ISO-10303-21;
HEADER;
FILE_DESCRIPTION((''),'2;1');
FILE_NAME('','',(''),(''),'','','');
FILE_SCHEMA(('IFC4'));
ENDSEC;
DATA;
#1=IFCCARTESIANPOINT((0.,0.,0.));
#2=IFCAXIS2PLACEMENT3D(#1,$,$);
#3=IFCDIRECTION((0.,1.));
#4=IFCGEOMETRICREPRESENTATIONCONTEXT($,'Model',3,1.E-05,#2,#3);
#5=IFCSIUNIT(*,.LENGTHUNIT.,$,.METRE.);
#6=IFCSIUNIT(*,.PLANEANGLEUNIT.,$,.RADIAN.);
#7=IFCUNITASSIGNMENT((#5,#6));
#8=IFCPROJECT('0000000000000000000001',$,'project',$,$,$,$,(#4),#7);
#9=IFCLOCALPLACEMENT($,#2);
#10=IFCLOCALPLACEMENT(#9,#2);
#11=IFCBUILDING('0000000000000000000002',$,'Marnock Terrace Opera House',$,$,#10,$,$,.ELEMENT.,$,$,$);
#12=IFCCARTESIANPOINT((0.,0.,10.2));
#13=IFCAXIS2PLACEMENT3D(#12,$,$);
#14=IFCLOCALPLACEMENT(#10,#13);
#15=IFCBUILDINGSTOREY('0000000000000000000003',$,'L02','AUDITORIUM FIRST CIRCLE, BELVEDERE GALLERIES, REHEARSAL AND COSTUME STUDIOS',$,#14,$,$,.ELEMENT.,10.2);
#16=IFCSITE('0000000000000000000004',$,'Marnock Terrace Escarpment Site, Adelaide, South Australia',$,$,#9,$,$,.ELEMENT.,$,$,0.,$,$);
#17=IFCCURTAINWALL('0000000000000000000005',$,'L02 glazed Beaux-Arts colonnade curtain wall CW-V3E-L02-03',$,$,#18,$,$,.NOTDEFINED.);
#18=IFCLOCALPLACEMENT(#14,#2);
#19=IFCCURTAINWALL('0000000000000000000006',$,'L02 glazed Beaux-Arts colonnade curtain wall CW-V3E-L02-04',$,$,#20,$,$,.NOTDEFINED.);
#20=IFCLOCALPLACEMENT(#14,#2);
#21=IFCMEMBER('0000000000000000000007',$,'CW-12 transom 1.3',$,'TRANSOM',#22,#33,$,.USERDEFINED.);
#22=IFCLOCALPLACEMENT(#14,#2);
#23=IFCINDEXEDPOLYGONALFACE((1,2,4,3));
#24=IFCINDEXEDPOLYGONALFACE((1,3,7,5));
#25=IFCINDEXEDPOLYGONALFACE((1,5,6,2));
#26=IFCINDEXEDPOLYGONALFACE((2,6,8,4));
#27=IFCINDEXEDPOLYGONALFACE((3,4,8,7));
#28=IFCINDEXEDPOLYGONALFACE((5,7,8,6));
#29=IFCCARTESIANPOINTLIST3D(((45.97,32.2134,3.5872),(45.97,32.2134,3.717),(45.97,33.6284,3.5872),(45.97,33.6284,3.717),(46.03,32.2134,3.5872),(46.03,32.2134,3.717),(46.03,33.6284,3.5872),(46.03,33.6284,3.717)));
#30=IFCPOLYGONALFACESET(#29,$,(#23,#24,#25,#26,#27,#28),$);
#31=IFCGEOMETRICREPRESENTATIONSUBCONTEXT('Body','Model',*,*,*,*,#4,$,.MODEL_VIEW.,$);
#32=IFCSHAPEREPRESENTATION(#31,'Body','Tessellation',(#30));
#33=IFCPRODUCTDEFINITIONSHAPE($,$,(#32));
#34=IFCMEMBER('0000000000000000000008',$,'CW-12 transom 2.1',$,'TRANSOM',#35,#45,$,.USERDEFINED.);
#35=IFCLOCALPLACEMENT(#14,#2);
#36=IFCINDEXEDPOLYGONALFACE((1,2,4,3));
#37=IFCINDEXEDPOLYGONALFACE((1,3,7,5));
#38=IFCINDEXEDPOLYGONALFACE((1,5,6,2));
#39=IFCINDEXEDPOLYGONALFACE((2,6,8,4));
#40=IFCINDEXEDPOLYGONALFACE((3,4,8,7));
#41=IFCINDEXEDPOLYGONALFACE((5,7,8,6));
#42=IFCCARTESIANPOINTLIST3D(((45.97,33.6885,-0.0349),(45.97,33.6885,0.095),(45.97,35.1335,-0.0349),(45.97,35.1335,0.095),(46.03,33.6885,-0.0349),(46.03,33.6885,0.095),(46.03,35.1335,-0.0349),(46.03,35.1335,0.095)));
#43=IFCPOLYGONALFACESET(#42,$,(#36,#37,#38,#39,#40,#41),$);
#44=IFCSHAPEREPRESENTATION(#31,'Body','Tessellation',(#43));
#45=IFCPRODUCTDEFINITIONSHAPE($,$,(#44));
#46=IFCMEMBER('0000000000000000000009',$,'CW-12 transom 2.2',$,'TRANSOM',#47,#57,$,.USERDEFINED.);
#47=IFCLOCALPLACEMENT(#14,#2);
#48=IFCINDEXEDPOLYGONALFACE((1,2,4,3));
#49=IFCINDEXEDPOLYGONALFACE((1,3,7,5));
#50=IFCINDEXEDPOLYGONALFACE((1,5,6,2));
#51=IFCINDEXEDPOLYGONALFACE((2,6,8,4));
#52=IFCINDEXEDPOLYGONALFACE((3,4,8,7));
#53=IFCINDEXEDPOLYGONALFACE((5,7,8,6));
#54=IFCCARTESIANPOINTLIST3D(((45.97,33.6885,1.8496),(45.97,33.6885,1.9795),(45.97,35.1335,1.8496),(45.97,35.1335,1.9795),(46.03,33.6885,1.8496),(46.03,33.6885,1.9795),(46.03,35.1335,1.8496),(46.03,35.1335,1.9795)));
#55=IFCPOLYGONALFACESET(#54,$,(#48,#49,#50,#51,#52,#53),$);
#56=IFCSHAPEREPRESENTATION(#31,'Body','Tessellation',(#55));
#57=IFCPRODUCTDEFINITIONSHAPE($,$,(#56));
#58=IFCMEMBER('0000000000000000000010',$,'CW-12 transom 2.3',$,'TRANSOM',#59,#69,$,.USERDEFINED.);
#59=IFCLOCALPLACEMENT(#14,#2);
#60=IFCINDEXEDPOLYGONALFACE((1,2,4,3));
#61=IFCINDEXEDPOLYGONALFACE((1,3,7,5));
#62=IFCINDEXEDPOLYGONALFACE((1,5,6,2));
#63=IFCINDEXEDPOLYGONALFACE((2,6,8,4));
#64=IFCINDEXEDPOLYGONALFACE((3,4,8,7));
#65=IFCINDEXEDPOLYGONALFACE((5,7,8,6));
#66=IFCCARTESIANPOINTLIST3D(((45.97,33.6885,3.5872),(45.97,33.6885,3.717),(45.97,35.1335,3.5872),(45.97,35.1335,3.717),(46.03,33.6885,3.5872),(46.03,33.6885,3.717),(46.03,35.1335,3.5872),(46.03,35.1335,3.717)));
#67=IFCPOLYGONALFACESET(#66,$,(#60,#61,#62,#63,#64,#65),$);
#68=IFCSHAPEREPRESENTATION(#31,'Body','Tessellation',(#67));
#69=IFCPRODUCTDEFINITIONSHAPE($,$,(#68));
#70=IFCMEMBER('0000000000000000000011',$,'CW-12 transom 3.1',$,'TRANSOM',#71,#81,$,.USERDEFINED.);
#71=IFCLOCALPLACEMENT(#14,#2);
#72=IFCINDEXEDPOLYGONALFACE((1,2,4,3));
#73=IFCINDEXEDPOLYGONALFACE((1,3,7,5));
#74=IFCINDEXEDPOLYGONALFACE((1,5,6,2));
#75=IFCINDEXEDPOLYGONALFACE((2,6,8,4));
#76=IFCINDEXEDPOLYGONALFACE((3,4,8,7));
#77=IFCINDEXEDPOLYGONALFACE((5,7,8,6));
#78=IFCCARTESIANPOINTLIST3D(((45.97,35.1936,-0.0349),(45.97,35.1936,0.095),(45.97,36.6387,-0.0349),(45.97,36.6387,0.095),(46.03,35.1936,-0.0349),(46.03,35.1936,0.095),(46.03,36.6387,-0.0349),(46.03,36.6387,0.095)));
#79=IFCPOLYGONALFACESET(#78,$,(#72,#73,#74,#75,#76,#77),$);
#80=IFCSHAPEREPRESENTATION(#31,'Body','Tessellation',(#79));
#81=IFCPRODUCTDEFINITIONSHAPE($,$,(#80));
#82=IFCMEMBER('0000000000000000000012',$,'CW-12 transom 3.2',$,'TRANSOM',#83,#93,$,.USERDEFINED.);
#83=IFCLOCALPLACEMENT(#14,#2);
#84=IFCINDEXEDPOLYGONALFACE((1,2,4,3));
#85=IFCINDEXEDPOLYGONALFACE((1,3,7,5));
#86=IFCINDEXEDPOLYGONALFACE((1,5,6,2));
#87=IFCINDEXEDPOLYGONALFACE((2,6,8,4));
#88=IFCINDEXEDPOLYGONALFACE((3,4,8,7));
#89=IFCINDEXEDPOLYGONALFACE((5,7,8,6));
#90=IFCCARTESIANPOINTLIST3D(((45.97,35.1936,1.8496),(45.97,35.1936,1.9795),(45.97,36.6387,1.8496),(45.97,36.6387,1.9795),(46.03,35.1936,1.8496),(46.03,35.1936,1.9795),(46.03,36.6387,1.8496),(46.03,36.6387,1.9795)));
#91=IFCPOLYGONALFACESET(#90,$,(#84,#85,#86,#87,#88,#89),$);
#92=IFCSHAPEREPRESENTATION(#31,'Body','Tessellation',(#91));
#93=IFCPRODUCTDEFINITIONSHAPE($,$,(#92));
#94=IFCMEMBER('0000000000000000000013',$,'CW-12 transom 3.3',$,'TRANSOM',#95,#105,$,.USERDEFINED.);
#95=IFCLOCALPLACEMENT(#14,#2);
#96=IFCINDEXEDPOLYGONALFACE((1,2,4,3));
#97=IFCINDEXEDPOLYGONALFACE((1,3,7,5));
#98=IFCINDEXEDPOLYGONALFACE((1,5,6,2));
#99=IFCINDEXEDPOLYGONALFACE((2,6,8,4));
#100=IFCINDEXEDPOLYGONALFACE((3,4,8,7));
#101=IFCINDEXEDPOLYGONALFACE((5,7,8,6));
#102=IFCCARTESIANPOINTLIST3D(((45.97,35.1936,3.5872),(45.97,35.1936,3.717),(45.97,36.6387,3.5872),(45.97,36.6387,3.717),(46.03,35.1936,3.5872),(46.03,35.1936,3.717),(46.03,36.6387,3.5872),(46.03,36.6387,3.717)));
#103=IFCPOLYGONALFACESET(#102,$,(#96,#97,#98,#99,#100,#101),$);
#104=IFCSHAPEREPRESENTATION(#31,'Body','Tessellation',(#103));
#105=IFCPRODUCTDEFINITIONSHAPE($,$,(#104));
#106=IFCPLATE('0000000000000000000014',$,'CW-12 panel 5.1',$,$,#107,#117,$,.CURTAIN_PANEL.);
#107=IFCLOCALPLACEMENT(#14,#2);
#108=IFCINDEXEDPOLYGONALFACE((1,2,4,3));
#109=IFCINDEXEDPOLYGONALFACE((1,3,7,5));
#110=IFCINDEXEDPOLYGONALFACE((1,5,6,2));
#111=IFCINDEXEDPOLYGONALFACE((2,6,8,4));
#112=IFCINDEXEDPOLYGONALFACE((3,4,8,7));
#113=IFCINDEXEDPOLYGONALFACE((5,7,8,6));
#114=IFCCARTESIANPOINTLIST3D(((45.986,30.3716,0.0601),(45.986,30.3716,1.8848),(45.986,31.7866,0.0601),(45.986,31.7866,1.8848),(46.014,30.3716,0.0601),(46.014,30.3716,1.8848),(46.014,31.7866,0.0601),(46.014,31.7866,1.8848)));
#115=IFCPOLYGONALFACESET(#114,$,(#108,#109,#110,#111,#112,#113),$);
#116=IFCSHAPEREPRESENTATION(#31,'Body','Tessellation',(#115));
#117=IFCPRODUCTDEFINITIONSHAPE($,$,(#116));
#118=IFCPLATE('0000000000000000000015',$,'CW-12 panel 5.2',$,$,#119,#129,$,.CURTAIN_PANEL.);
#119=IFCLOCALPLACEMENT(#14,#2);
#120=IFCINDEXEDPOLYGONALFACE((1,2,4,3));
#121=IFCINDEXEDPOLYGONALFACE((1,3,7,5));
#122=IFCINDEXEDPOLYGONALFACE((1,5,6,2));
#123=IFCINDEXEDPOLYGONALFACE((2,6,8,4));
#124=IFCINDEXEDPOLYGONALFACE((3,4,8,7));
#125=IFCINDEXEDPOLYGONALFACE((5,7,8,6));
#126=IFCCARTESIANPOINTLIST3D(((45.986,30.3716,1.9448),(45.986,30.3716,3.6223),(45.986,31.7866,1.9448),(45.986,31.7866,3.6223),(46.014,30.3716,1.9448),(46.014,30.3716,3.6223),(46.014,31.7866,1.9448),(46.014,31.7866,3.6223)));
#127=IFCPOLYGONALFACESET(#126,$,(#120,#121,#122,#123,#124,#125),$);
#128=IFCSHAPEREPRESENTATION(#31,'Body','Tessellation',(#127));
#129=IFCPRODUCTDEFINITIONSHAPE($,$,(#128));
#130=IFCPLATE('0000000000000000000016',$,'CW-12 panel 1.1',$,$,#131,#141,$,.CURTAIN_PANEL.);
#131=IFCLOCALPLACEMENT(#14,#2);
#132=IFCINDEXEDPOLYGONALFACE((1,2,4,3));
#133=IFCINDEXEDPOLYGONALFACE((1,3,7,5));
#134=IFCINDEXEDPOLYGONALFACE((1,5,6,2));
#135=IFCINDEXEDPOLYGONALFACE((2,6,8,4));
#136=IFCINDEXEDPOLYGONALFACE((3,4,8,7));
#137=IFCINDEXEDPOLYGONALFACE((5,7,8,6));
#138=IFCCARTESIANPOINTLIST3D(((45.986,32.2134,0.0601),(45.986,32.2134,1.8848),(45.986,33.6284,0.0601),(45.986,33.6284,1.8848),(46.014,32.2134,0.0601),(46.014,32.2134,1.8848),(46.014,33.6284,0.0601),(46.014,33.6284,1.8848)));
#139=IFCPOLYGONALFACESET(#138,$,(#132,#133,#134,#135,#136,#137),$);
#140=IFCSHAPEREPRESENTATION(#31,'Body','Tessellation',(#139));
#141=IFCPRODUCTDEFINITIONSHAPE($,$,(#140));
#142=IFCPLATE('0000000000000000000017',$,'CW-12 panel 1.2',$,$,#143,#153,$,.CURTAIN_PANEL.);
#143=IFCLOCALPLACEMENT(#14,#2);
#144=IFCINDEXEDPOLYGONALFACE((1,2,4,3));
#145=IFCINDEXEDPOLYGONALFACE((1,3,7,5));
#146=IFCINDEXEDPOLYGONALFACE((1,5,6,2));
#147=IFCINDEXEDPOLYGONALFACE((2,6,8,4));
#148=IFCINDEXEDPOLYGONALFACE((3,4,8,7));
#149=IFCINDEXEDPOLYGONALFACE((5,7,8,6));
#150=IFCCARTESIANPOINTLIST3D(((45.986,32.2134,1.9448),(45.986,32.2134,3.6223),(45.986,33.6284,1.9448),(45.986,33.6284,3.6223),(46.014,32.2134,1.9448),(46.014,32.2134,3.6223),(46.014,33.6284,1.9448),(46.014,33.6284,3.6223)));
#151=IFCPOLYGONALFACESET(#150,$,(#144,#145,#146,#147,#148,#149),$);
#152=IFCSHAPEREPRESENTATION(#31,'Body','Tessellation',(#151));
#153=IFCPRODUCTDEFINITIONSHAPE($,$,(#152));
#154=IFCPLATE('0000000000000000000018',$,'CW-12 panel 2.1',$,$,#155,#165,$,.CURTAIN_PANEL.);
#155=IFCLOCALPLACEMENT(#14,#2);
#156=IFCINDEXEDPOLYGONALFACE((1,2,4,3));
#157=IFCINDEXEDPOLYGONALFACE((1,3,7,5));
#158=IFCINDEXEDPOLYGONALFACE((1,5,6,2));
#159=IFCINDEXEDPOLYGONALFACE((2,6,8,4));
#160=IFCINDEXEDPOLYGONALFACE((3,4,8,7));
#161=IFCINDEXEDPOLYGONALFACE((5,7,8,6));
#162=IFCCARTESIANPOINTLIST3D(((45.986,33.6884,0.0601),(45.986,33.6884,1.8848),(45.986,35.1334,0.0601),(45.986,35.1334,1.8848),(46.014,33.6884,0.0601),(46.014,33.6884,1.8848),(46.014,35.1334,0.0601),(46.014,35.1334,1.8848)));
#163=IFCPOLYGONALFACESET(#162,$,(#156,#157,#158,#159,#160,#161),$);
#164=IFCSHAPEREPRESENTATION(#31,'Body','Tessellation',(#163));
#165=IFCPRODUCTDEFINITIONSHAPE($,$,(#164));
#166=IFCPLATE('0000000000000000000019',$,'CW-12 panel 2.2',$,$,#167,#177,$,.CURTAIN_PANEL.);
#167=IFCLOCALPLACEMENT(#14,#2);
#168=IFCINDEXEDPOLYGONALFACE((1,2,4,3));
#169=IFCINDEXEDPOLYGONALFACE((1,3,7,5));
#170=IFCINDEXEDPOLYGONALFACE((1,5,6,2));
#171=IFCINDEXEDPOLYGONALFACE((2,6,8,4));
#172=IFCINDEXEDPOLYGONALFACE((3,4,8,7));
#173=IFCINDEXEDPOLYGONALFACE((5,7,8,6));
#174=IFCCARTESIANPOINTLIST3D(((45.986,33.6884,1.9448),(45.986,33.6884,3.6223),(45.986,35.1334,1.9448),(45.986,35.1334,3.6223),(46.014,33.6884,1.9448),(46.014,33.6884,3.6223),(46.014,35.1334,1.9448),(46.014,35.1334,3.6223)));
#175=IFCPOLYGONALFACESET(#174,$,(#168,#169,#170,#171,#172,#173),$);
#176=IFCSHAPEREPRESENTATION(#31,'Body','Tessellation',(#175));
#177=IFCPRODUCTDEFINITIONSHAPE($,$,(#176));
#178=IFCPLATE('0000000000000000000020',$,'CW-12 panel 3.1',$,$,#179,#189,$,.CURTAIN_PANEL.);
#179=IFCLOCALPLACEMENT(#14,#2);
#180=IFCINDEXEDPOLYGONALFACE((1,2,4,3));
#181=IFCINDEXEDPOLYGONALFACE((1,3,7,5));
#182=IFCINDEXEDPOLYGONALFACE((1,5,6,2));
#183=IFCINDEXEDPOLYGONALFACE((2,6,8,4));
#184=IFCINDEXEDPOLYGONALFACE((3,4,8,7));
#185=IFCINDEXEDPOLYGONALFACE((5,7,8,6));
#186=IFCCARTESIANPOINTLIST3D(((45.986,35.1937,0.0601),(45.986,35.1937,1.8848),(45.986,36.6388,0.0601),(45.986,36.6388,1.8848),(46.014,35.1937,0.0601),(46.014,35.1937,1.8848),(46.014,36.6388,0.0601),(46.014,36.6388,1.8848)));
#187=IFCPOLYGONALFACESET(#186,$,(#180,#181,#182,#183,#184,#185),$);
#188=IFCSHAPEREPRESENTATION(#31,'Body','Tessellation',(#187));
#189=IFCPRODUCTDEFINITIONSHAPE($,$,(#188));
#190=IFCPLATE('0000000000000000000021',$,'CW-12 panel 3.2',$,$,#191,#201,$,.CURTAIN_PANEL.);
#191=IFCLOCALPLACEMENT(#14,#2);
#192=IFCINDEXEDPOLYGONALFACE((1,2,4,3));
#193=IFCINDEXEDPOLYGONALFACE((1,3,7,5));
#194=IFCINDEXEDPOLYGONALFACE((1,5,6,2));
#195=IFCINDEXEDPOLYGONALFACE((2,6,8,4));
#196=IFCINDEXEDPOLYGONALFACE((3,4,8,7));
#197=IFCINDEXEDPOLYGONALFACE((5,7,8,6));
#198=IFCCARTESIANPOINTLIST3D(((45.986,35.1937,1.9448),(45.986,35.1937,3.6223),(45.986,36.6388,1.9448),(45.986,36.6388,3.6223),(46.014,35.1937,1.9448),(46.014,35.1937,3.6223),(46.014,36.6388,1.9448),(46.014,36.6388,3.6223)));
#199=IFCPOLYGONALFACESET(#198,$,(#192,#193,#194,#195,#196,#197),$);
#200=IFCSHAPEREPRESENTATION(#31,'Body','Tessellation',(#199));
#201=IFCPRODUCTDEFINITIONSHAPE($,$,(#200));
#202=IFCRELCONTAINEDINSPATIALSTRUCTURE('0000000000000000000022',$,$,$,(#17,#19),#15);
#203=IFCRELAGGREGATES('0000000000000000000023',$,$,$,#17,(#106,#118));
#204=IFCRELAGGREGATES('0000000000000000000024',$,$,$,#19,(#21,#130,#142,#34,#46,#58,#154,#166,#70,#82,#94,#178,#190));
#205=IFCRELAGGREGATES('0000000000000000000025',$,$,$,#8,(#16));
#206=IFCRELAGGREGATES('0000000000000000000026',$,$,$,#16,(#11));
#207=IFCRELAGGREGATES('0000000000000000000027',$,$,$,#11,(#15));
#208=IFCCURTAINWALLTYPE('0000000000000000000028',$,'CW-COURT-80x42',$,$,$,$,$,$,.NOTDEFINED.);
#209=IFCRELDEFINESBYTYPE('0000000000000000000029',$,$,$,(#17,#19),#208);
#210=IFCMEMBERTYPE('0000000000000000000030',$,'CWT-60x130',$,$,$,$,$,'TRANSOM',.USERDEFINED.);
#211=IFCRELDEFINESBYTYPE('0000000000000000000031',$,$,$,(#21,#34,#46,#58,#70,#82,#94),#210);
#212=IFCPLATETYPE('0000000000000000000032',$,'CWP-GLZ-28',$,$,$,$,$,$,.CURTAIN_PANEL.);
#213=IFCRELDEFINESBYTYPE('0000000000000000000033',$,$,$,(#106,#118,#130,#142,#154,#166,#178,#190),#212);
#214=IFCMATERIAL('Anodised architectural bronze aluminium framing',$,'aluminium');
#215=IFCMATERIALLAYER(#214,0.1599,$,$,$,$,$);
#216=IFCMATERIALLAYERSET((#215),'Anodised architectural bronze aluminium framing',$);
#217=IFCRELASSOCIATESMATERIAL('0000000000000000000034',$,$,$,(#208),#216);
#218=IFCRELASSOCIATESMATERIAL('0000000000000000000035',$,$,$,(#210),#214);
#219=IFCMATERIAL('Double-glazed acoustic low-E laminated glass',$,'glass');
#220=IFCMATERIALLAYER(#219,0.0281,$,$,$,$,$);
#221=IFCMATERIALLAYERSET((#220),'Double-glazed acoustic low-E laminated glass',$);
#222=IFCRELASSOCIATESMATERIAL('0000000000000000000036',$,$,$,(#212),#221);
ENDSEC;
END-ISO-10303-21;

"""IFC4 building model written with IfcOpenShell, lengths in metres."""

from ifc_helpers import new_model, si_unit, direction, frame, origin, origin_2d, place, context, subcontext, project, spatial, rectangle, extrude, material, layer, layer_set, material_profile, profile_set, type_object, element, aggregate, save


model = new_model("IFC4")

# Units and contexts
model_context = context("Model", 3, precision=1e-05, world=origin(), true_north=direction((0.0, 1.0)))
body_context = subcontext(model_context, "Body", "Model", "MODEL_VIEW")
ifc_project = project(units=[si_unit("LENGTHUNIT", "METRE"), si_unit("PLANEANGLEUNIT", "RADIAN")], contexts=[model_context])

# Site, building, storey
site_placement = place(None, origin())
site = spatial("IfcSite", under=ifc_project, at=site_placement, Name="Marnock Terrace Escarpment Site, Adelaide, South Australia", CompositionType="ELEMENT", RefElevation=0.0)
building_placement = place(site_placement, origin())
building = spatial("IfcBuilding", under=site, at=building_placement, Name="Marnock Terrace Opera House", CompositionType="ELEMENT")
storey_placement = place(building_placement, frame((0.0, 0.0, 10.2)))
storey = spatial("IfcBuildingStorey", under=building, at=storey_placement, Name="L02", Description="AUDITORIUM FIRST CIRCLE, BELVEDERE GALLERIES, REHEARSAL AND COSTUME STUDIOS", CompositionType="ELEMENT", Elevation=10.2)

# Curtain wall
ifc_material_1 = material(Name="Anodised architectural bronze aluminium framing", Category="aluminium")
ifc_layer_1 = layer(ifc_material_1, 0.1599)
ifc_layer_set_1 = layer_set([ifc_layer_1], Name="Anodised architectural bronze aluminium framing")
curtain_wall_type = type_object("IfcCurtainWallType", Name="CW-COURT-80x42", PredefinedType="NOTDEFINED", material=ifc_layer_set_1)
curtain_wall_1_placement = place(storey_placement, origin())
curtain_wall_1 = element("IfcCurtainWall", 1, at=curtain_wall_1_placement, inside=storey, type_object=curtain_wall_type, Name="L02 glazed Beaux-Arts colonnade curtain wall CW-V3E-L02-03", PredefinedType="NOTDEFINED")

# Curtain wall
curtain_wall_2_placement = place(storey_placement, origin())
curtain_wall_2 = element("IfcCurtainWall", 2, at=curtain_wall_2_placement, inside=storey, type_object=curtain_wall_type, Name="L02 glazed Beaux-Arts colonnade curtain wall CW-V3E-L02-04", PredefinedType="NOTDEFINED")

# Members
ifc_material_profile_1 = material_profile(ifc_material_1, rectangle(XDim=0.0601, YDim=0.1299, at=origin_2d()))
ifc_profile_set_1 = profile_set([ifc_material_profile_1], Name="Anodised architectural bronze aluminium framing")
member_type_1 = type_object("IfcMemberType", Name="CWT-60x130", ElementType="TRANSOM", PredefinedType="USERDEFINED", material=ifc_profile_set_1)
member_1_placement = place(storey_placement, frame((46.0, 32.2134, 3.6521), z_axis=(0.0, 1.0, 0.0), x_axis=(-1.0, 0.0, 0.0)))
member_1 = element("IfcMember", 3, at=member_1_placement, type_object=member_type_1, Name="CW-12 transom 1.3", ObjectType="TRANSOM", PredefinedType="USERDEFINED", context=body_context, shape_type="SweptSolid", body=[
    extrude(rectangle(XDim=0.0601, YDim=0.1299, at=origin_2d()), origin(), (0.0, 0.0, 1.0), 1.415),
])
member_2_placement = place(storey_placement, frame((46.0, 33.6885, 0.03), z_axis=(0.0, 1.0, 0.0), x_axis=(-1.0, 0.0, 0.0)))
member_2 = element("IfcMember", 4, at=member_2_placement, type_object=member_type_1, Name="CW-12 transom 2.1", ObjectType="TRANSOM", PredefinedType="USERDEFINED", context=body_context, shape_type="SweptSolid", body=[
    extrude(rectangle(XDim=0.0601, YDim=0.1299, at=origin_2d()), origin(), (0.0, 0.0, 1.0), 1.4451),
])
member_3_placement = place(storey_placement, frame((46.0, 33.6885, 1.9146), z_axis=(0.0, 1.0, 0.0), x_axis=(-1.0, 0.0, 0.0)))
member_3 = element("IfcMember", 5, at=member_3_placement, type_object=member_type_1, Name="CW-12 transom 2.2", ObjectType="TRANSOM", PredefinedType="USERDEFINED", context=body_context, shape_type="SweptSolid", body=[
    extrude(rectangle(XDim=0.0601, YDim=0.1299, at=origin_2d()), origin(), (0.0, 0.0, 1.0), 1.4451),
])
member_4_placement = place(storey_placement, frame((46.0, 33.6885, 3.6521), z_axis=(0.0, 1.0, 0.0), x_axis=(-1.0, 0.0, 0.0)))
member_4 = element("IfcMember", 6, at=member_4_placement, type_object=member_type_1, Name="CW-12 transom 2.3", ObjectType="TRANSOM", PredefinedType="USERDEFINED", context=body_context, shape_type="SweptSolid", body=[
    extrude(rectangle(XDim=0.0601, YDim=0.1299, at=origin_2d()), origin(), (0.0, 0.0, 1.0), 1.4451),
])
member_5_placement = place(storey_placement, frame((46.0, 35.1936, 0.03), z_axis=(0.0, 1.0, 0.0), x_axis=(-1.0, 0.0, 0.0)))
member_5 = element("IfcMember", 7, at=member_5_placement, type_object=member_type_1, Name="CW-12 transom 3.1", ObjectType="TRANSOM", PredefinedType="USERDEFINED", context=body_context, shape_type="SweptSolid", body=[
    extrude(rectangle(XDim=0.0601, YDim=0.1299, at=origin_2d()), origin(), (0.0, 0.0, 1.0), 1.4451),
])
member_6_placement = place(storey_placement, frame((46.0, 35.1936, 1.9146), z_axis=(0.0, 1.0, 0.0), x_axis=(-1.0, 0.0, 0.0)))
member_6 = element("IfcMember", 8, at=member_6_placement, type_object=member_type_1, Name="CW-12 transom 3.2", ObjectType="TRANSOM", PredefinedType="USERDEFINED", context=body_context, shape_type="SweptSolid", body=[
    extrude(rectangle(XDim=0.0601, YDim=0.1299, at=origin_2d()), origin(), (0.0, 0.0, 1.0), 1.4451),
])
member_7_placement = place(storey_placement, frame((46.0, 35.1936, 3.6521), z_axis=(0.0, 1.0, 0.0), x_axis=(-1.0, 0.0, 0.0)))
member_7 = element("IfcMember", 9, at=member_7_placement, type_object=member_type_1, Name="CW-12 transom 3.3", ObjectType="TRANSOM", PredefinedType="USERDEFINED", context=body_context, shape_type="SweptSolid", body=[
    extrude(rectangle(XDim=0.0601, YDim=0.1299, at=origin_2d()), origin(), (0.0, 0.0, 1.0), 1.4451),
])

# Plates
ifc_material_2 = material(Name="Double-glazed acoustic low-E laminated glass", Category="glass")
ifc_layer_2 = layer(ifc_material_2, 0.0281)
ifc_layer_set_2 = layer_set([ifc_layer_2], Name="Double-glazed acoustic low-E laminated glass")
plate_type = type_object("IfcPlateType", Name="CWP-GLZ-28", PredefinedType="CURTAIN_PANEL", material=ifc_layer_set_2)
plate_1_placement = place(storey_placement, frame((46.0, 31.0791, 0.0601), z_axis=(0.0, 0.0, 1.0), x_axis=(0.0, 1.0, 0.0)))
plate_1 = element("IfcPlate", 10, at=plate_1_placement, type_object=plate_type, Name="CW-12 panel 5.1", PredefinedType="CURTAIN_PANEL", context=body_context, shape_type="SweptSolid", body=[
    extrude(rectangle(XDim=1.415, YDim=0.0281, at=origin_2d()), origin(), (0.0, 0.0, 1.0), 1.8247),
])
plate_2_placement = place(storey_placement, frame((46.0, 31.0791, 1.9448), z_axis=(0.0, 0.0, 1.0), x_axis=(0.0, 1.0, 0.0)))
plate_2 = element("IfcPlate", 11, at=plate_2_placement, type_object=plate_type, Name="CW-12 panel 5.2", PredefinedType="CURTAIN_PANEL", context=body_context, shape_type="SweptSolid", body=[
    extrude(rectangle(XDim=1.415, YDim=0.0281, at=origin_2d()), origin(), (0.0, 0.0, 1.0), 1.6775),
])
aggregate(curtain_wall_1, [plate_1, plate_2])
plate_3_placement = place(storey_placement, frame((46.0, 32.9209, 0.0601), z_axis=(0.0, 0.0, 1.0), x_axis=(0.0, 1.0, 0.0)))
plate_3 = element("IfcPlate", 12, at=plate_3_placement, type_object=plate_type, Name="CW-12 panel 1.1", PredefinedType="CURTAIN_PANEL", context=body_context, shape_type="SweptSolid", body=[
    extrude(rectangle(XDim=1.415, YDim=0.0281, at=origin_2d()), origin(), (0.0, 0.0, 1.0), 1.8247),
])
plate_4_placement = place(storey_placement, frame((46.0, 32.9209, 1.9448), z_axis=(0.0, 0.0, 1.0), x_axis=(0.0, 1.0, 0.0)))
plate_4 = element("IfcPlate", 13, at=plate_4_placement, type_object=plate_type, Name="CW-12 panel 1.2", PredefinedType="CURTAIN_PANEL", context=body_context, shape_type="SweptSolid", body=[
    extrude(rectangle(XDim=1.415, YDim=0.0281, at=origin_2d()), origin(), (0.0, 0.0, 1.0), 1.6775),
])
plate_5_placement = place(storey_placement, frame((46.0, 34.4109, 0.0601), z_axis=(0.0, 0.0, 1.0), x_axis=(0.0, 1.0, 0.0)))
plate_5 = element("IfcPlate", 14, at=plate_5_placement, type_object=plate_type, Name="CW-12 panel 2.1", PredefinedType="CURTAIN_PANEL", context=body_context, shape_type="SweptSolid", body=[
    extrude(rectangle(XDim=1.4451, YDim=0.0281, at=origin_2d()), origin(), (0.0, 0.0, 1.0), 1.8247),
])
plate_6_placement = place(storey_placement, frame((46.0, 34.4109, 1.9448), z_axis=(0.0, 0.0, 1.0), x_axis=(0.0, 1.0, 0.0)))
plate_6 = element("IfcPlate", 15, at=plate_6_placement, type_object=plate_type, Name="CW-12 panel 2.2", PredefinedType="CURTAIN_PANEL", context=body_context, shape_type="SweptSolid", body=[
    extrude(rectangle(XDim=1.4451, YDim=0.0281, at=origin_2d()), origin(), (0.0, 0.0, 1.0), 1.6775),
])
plate_7_placement = place(storey_placement, frame((46.0, 35.9163, 0.0601), z_axis=(0.0, 0.0, 1.0), x_axis=(0.0, 1.0, 0.0)))
plate_7 = element("IfcPlate", 16, at=plate_7_placement, type_object=plate_type, Name="CW-12 panel 3.1", PredefinedType="CURTAIN_PANEL", context=body_context, shape_type="SweptSolid", body=[
    extrude(rectangle(XDim=1.4451, YDim=0.0281, at=origin_2d()), origin(), (0.0, 0.0, 1.0), 1.8247),
])
plate_8_placement = place(storey_placement, frame((46.0, 35.9163, 1.9448), z_axis=(0.0, 0.0, 1.0), x_axis=(0.0, 1.0, 0.0)))
plate_8 = element("IfcPlate", 17, at=plate_8_placement, type_object=plate_type, Name="CW-12 panel 3.2", PredefinedType="CURTAIN_PANEL", context=body_context, shape_type="SweptSolid", body=[
    extrude(rectangle(XDim=1.4451, YDim=0.0281, at=origin_2d()), origin(), (0.0, 0.0, 1.0), 1.6775),
])
aggregate(curtain_wall_2, [member_1, plate_3, plate_4, member_2, member_3, member_4, plate_5, plate_6, member_5, member_6, member_7, plate_7, plate_8])

save(model, "model.ifc")
